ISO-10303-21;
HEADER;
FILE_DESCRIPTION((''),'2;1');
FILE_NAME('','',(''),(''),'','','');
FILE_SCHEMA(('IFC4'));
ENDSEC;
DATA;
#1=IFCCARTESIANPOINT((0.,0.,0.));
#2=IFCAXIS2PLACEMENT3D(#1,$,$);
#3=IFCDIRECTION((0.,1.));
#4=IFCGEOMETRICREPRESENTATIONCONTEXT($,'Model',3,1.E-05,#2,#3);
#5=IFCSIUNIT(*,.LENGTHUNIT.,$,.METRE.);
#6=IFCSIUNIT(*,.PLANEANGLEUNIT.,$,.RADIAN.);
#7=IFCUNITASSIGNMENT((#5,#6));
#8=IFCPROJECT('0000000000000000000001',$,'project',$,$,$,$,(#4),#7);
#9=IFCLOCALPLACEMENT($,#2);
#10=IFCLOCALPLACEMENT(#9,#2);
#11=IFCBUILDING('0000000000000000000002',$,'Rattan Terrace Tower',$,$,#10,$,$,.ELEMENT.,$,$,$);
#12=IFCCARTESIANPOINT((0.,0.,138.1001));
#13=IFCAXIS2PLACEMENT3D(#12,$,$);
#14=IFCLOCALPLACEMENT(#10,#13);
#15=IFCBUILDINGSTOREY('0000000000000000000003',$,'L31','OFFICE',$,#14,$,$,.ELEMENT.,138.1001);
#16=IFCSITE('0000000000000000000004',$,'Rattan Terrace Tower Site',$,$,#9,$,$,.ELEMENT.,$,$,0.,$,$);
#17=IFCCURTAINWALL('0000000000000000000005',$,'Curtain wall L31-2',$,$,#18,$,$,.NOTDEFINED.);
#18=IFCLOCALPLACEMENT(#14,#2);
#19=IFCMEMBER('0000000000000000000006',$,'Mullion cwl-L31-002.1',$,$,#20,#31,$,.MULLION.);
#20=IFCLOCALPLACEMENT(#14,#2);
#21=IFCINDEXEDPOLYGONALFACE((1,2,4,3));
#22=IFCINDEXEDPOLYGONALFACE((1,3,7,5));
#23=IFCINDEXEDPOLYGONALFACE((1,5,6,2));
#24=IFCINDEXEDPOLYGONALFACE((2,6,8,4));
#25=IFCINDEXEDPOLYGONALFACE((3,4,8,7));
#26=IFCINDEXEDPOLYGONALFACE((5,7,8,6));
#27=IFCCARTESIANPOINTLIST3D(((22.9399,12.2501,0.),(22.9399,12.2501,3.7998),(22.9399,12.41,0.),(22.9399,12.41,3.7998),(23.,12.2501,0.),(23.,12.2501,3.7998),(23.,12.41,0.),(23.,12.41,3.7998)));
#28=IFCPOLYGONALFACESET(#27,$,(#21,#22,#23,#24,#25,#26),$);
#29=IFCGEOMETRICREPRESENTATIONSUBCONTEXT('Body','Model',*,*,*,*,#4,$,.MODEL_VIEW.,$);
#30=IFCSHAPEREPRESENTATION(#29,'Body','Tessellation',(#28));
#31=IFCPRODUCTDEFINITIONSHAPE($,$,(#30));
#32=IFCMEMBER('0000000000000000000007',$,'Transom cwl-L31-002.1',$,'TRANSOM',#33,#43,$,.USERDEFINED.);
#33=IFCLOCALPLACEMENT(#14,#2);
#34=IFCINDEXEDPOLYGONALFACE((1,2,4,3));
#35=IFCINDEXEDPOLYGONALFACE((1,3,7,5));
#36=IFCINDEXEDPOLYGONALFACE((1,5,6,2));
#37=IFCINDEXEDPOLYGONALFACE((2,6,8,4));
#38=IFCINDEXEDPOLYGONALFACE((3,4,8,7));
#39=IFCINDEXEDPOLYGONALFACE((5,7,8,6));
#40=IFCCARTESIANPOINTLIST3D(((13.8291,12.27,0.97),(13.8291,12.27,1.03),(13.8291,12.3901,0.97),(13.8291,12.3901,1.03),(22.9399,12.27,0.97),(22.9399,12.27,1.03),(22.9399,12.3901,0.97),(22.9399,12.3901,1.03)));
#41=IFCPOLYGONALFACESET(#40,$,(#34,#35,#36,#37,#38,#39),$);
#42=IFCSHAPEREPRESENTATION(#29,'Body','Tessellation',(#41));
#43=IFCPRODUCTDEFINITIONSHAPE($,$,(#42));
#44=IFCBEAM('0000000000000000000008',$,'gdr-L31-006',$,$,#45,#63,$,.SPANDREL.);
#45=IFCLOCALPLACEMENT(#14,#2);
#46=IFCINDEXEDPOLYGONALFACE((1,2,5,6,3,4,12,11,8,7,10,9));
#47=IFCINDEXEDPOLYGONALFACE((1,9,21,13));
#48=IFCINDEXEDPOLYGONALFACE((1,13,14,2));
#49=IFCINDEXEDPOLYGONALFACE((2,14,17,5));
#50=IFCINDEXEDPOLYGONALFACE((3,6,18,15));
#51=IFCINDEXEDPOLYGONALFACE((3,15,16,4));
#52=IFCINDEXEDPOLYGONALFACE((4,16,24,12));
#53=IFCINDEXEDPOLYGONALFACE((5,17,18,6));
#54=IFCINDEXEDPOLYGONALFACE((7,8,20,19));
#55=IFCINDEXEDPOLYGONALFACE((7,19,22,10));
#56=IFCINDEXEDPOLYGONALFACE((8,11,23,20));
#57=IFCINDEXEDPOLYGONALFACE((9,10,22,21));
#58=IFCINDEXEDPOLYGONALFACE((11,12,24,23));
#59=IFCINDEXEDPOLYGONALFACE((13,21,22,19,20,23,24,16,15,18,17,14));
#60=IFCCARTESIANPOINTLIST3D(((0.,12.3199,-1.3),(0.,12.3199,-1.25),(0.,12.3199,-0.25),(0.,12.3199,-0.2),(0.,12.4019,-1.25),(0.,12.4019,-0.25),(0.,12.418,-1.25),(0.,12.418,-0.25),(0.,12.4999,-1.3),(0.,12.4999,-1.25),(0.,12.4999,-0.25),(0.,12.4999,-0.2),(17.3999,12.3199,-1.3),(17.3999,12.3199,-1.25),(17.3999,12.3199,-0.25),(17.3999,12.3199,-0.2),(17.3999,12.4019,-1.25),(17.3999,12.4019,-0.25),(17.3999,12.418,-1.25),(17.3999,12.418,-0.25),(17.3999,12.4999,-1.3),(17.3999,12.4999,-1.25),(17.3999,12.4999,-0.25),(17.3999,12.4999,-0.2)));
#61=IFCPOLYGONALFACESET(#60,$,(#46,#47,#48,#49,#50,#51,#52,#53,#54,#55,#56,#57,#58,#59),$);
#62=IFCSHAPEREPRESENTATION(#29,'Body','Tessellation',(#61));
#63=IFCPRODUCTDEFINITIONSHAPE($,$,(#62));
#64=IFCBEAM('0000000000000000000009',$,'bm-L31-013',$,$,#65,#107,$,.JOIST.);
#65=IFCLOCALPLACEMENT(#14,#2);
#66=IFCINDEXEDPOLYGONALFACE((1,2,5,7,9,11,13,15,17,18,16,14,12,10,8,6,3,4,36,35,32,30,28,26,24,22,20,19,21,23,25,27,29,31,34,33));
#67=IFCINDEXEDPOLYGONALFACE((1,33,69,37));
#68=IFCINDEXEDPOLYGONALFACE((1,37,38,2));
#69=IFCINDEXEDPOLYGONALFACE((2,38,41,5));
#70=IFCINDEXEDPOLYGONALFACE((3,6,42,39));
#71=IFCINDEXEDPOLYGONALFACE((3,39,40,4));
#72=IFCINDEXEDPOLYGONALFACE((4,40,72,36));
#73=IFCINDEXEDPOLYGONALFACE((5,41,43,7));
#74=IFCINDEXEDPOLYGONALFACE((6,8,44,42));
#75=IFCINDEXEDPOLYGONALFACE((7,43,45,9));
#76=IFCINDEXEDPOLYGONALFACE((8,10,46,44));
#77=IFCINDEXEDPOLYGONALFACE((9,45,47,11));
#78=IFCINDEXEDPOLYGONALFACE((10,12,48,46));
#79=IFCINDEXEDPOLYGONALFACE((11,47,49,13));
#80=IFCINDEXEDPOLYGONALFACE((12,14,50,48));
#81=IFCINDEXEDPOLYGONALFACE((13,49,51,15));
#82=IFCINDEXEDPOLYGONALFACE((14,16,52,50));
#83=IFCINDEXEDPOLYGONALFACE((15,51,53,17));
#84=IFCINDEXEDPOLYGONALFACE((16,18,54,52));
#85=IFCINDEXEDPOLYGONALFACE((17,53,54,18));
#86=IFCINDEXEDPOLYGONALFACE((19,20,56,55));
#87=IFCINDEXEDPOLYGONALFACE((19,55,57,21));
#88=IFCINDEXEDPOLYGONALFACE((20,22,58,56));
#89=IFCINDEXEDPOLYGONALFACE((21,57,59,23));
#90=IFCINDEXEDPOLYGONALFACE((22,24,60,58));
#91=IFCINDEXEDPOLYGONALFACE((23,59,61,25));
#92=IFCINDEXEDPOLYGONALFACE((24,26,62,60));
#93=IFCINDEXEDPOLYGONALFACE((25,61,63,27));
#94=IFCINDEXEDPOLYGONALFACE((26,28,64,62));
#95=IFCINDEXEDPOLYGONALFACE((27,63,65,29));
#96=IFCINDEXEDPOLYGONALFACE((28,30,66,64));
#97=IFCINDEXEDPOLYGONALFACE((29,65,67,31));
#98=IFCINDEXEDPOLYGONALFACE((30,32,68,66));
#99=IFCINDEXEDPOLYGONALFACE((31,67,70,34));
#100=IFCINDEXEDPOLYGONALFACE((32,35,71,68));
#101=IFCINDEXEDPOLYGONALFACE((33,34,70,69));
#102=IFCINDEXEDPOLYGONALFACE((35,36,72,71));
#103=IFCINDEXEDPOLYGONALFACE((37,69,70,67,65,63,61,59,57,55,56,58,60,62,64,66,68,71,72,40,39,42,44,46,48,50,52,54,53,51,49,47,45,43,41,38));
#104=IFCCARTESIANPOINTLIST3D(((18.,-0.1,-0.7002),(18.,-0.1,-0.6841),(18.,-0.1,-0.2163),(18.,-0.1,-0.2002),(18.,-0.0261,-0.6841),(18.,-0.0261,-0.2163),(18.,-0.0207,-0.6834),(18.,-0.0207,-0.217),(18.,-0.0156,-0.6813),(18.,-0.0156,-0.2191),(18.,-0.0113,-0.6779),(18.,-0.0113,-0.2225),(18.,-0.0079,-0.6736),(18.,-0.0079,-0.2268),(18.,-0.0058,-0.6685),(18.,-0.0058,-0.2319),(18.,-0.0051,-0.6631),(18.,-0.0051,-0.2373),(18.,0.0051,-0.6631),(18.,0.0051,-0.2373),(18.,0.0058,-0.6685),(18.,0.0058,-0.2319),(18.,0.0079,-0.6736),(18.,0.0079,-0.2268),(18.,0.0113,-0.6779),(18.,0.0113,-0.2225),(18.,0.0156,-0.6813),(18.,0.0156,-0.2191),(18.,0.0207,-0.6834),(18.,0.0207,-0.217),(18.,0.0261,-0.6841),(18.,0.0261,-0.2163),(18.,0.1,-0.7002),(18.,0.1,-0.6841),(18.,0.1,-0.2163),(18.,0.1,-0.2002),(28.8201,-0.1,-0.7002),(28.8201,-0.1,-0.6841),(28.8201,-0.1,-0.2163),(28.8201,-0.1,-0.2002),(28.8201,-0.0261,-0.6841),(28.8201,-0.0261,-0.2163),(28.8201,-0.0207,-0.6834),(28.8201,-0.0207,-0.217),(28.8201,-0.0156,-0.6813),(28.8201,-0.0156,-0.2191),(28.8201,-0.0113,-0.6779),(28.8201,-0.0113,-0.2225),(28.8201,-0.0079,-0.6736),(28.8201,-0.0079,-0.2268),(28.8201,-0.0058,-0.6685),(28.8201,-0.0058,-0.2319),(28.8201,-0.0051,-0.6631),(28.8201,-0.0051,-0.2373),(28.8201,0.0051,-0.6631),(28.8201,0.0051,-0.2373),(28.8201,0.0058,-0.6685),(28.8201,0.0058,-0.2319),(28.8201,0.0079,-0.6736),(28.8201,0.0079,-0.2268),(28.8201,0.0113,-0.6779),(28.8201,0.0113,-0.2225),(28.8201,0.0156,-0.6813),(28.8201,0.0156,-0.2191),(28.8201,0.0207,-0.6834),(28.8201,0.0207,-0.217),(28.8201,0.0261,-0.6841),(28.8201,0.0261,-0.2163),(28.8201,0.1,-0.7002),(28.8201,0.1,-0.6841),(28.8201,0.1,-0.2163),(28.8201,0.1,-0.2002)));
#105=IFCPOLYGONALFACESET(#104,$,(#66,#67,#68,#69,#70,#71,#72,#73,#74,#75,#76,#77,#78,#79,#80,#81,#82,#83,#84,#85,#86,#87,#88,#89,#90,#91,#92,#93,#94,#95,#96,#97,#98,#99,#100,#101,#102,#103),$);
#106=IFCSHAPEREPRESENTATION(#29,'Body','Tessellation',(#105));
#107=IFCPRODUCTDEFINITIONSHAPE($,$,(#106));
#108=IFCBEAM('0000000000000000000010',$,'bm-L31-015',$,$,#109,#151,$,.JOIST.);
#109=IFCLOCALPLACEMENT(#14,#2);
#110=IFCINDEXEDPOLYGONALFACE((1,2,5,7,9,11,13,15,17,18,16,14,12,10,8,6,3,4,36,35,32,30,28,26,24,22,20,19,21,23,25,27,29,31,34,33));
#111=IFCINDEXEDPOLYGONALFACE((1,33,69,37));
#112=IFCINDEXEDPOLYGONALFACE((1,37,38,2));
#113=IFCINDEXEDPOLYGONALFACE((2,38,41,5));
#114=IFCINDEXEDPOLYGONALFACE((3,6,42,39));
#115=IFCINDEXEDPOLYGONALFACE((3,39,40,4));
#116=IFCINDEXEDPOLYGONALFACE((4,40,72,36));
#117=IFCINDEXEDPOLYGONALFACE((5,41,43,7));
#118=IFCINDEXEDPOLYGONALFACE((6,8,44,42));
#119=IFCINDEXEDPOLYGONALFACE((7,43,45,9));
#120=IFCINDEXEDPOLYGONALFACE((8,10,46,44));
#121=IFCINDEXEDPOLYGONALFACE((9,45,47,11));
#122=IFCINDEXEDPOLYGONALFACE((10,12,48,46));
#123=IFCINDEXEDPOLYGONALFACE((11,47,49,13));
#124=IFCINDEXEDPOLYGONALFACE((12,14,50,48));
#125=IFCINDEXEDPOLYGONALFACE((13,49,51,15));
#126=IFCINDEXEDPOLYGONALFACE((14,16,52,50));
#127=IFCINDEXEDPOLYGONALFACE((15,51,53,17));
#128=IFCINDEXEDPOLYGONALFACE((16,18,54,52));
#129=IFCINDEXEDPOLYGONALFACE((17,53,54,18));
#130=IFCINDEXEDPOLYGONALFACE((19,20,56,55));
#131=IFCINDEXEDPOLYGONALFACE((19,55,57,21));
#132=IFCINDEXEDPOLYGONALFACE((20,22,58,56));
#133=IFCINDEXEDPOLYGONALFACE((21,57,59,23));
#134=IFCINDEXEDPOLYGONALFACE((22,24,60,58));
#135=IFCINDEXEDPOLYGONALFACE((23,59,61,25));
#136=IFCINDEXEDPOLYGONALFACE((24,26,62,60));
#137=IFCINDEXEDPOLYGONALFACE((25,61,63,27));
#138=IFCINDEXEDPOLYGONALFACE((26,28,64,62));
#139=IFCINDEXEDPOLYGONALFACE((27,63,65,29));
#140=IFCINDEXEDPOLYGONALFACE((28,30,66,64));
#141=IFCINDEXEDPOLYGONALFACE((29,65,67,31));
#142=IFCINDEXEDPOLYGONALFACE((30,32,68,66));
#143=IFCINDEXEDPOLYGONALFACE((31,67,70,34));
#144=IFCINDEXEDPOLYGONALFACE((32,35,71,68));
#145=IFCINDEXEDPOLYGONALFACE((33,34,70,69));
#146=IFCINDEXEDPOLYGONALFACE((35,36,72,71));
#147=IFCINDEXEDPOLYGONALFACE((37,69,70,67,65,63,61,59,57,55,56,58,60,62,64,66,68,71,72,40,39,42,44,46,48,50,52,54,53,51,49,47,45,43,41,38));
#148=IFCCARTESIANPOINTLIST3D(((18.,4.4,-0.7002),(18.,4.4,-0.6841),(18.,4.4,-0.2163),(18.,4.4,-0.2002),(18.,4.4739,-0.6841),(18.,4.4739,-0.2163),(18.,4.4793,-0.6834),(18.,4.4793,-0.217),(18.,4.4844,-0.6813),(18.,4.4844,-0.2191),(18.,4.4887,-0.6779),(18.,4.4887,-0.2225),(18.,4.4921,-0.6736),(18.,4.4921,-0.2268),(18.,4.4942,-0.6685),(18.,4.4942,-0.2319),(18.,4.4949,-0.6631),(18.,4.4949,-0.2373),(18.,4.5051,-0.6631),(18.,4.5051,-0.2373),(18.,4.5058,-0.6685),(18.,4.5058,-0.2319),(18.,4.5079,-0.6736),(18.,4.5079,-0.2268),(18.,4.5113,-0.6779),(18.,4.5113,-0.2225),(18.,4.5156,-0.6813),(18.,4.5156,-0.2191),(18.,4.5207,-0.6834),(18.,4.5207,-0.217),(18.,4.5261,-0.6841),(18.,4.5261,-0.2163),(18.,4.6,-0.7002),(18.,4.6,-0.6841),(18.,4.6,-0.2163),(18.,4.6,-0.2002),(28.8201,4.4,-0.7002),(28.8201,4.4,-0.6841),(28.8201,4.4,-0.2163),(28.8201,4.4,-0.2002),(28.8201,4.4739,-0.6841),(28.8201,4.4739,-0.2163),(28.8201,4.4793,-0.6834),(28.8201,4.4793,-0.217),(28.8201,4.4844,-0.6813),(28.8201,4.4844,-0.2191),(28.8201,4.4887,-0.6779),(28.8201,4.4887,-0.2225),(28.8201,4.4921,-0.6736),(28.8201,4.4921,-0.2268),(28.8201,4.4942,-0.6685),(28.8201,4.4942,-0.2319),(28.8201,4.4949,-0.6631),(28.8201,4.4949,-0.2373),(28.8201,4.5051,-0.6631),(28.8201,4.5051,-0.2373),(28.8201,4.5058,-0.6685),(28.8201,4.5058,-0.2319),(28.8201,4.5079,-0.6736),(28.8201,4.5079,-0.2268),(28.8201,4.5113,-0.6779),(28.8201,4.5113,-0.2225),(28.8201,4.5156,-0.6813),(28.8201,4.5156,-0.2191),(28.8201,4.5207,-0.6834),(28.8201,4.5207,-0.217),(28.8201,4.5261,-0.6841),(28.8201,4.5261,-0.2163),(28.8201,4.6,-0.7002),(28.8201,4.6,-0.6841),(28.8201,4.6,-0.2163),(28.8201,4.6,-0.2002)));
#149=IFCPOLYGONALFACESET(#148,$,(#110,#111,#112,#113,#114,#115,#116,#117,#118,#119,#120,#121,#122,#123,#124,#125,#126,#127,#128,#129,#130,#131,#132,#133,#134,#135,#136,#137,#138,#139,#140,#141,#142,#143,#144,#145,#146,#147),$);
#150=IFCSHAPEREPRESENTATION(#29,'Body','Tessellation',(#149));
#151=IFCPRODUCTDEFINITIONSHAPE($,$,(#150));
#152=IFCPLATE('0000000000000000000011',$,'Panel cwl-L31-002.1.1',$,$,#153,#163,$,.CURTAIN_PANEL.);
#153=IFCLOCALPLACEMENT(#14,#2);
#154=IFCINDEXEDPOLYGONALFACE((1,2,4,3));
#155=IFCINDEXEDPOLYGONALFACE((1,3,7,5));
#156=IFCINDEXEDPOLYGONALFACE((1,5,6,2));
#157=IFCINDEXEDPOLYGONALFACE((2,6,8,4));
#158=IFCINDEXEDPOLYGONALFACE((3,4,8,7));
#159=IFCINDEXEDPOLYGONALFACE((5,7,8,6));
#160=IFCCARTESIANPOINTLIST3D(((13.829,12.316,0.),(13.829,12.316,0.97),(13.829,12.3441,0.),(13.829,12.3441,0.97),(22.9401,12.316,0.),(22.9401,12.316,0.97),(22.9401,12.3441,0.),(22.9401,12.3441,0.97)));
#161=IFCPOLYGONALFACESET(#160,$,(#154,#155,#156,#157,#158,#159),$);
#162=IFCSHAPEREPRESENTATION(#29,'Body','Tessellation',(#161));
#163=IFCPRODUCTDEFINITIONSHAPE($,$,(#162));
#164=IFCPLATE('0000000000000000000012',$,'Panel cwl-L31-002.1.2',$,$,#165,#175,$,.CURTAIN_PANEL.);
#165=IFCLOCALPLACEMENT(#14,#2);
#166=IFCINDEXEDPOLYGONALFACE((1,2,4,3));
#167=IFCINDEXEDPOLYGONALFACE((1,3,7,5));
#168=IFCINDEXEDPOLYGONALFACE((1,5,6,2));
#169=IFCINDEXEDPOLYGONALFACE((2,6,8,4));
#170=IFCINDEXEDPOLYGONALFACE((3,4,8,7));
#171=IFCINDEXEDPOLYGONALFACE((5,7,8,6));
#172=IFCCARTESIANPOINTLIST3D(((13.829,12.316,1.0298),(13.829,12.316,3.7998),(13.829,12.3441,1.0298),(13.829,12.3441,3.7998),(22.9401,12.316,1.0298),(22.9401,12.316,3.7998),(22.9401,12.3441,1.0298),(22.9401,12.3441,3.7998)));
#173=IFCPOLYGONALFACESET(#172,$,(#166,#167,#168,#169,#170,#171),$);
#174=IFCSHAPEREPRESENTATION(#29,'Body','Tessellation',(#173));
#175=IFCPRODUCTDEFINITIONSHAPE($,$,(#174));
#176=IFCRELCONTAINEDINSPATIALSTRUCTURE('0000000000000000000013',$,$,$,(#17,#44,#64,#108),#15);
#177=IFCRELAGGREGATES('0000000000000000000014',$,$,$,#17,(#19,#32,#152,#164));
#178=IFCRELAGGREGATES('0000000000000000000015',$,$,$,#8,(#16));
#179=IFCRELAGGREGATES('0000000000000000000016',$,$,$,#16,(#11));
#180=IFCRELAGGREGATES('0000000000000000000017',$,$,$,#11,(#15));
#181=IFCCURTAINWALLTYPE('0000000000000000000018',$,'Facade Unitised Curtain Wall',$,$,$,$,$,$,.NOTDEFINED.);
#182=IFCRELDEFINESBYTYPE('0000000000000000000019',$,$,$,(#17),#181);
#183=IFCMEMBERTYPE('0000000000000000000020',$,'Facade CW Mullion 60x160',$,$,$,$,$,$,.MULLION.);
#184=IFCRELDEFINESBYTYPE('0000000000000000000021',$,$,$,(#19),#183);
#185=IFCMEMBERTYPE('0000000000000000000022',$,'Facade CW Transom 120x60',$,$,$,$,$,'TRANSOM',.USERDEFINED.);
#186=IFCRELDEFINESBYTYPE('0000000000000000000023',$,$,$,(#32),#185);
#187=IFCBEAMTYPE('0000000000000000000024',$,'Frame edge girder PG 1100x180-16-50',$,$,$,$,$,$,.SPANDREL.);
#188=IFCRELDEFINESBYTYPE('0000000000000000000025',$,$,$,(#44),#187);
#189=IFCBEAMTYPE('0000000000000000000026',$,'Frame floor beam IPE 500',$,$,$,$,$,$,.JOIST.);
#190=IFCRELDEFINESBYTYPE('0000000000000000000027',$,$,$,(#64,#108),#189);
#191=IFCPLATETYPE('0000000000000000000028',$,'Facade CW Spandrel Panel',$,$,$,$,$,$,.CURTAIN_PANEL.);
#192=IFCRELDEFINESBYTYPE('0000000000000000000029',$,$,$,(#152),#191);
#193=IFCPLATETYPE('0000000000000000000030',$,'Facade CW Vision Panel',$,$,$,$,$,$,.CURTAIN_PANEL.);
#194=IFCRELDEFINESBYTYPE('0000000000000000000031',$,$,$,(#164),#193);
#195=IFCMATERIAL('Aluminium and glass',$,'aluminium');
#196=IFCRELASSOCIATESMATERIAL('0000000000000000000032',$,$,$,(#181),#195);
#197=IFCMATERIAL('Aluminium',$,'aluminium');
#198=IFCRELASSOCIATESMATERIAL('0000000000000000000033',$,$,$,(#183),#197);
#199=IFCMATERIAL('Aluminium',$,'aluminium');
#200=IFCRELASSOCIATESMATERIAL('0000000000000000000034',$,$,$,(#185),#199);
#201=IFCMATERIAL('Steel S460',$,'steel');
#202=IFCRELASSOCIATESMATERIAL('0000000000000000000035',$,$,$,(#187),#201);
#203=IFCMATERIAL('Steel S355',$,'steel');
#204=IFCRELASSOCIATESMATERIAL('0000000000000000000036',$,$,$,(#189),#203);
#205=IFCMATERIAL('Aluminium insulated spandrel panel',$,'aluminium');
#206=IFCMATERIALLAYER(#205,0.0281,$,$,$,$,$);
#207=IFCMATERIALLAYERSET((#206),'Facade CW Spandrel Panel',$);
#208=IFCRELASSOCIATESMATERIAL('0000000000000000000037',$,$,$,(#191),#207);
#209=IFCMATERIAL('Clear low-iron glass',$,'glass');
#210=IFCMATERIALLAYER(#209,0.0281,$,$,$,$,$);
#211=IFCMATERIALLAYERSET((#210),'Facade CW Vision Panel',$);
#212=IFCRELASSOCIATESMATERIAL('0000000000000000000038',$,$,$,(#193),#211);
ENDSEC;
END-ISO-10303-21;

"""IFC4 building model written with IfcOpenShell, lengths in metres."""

from ifc_helpers import new_model, si_unit, direction, frame, origin, origin_2d, place, context, subcontext, project, spatial, rectangle, i_section, extrude, material, layer, layer_set, material_profile, profile_set, type_object, element, aggregate, save


model = new_model("IFC4")

# Units and contexts
model_context = context("Model", 3, precision=1e-05, world=origin(), true_north=direction((0.0, 1.0)))
body_context = subcontext(model_context, "Body", "Model", "MODEL_VIEW")
ifc_project = project(units=[si_unit("LENGTHUNIT", "METRE"), si_unit("PLANEANGLEUNIT", "RADIAN")], contexts=[model_context])

# Site, building, storey
site_placement = place(None, origin())
site = spatial("IfcSite", under=ifc_project, at=site_placement, Name="Rattan Terrace Tower Site", CompositionType="ELEMENT", RefElevation=0.0)
building_placement = place(site_placement, origin())
building = spatial("IfcBuilding", under=site, at=building_placement, Name="Rattan Terrace Tower", CompositionType="ELEMENT")
storey_placement = place(building_placement, frame((0.0, 0.0, 138.1001)))
storey = spatial("IfcBuildingStorey", under=building, at=storey_placement, Name="L31", Description="OFFICE", CompositionType="ELEMENT", Elevation=138.1001)

# Curtain wall, members
ifc_material_1 = material(Name="Aluminium and glass", Category="aluminium")
curtain_wall_type = type_object("IfcCurtainWallType", Name="Facade Unitised Curtain Wall", PredefinedType="NOTDEFINED", material=ifc_material_1)
curtain_wall_placement = place(storey_placement, origin())
curtain_wall = element("IfcCurtainWall", 1, at=curtain_wall_placement, inside=storey, type_object=curtain_wall_type, Name="Curtain wall L31-2", PredefinedType="NOTDEFINED")
ifc_material_2 = material(Name="Aluminium", Category="aluminium")
ifc_material_profile_1 = material_profile(ifc_material_2, rectangle(XDim=0.0601, YDim=0.1599, at=origin_2d()), Name="Aluminium 60x160")
ifc_profile_set_1 = profile_set([ifc_material_profile_1], Name="Aluminium")
member_type_1 = type_object("IfcMemberType", Name="Facade CW Mullion 60x160", PredefinedType="MULLION", material=ifc_profile_set_1)
member_1_placement = place(storey_placement, frame((22.97, 12.3301, 0.0), z_axis=(0.0, 0.0, 1.0), x_axis=(-1.0, 0.0, 0.0)))
member_1 = element("IfcMember", 2, at=member_1_placement, type_object=member_type_1, Name="Mullion cwl-L31-002.1", PredefinedType="MULLION", context=body_context, shape_type="SweptSolid", body=[
    extrude(rectangle(XDim=0.0601, YDim=0.1599, at=origin_2d()), origin(), (0.0, 0.0, 1.0), 3.7998),
])
ifc_material_3 = material(Name="Aluminium", Category="aluminium")
ifc_material_profile_2 = material_profile(ifc_material_3, rectangle(XDim=0.1201, YDim=0.0601, at=origin_2d()), Name="Aluminium 120x60")
ifc_profile_set_2 = profile_set([ifc_material_profile_2], Name="Aluminium")
member_type_2 = type_object("IfcMemberType", Name="Facade CW Transom 120x60", ElementType="TRANSOM", PredefinedType="USERDEFINED", material=ifc_profile_set_2)
member_2_placement = place(storey_placement, frame((22.9399, 12.3301, 1.0), z_axis=(-1.0, 0.0, 0.0), x_axis=(0.0, -1.0, 0.0)))
member_2 = element("IfcMember", 3, at=member_2_placement, type_object=member_type_2, Name="Transom cwl-L31-002.1", ObjectType="TRANSOM", PredefinedType="USERDEFINED", context=body_context, shape_type="SweptSolid", body=[
    extrude(rectangle(XDim=0.1201, YDim=0.0601, at=origin_2d()), origin(), (0.0, 0.0, 1.0), 9.1108),
])

# Beams
ifc_material_4 = material(Name="Steel S460", Category="steel")
ifc_material_profile_3 = material_profile(ifc_material_4, i_section(OverallWidth=0.1799, OverallDepth=1.1001, WebThickness=0.0161, FlangeThickness=0.05, at=origin_2d()), Name="PG 1100x180-16-50")
ifc_profile_set_3 = profile_set([ifc_material_profile_3], Name="Steel S460")
beam_type_1 = type_object("IfcBeamType", Name="Frame edge girder PG 1100x180-16-50", PredefinedType="SPANDREL", material=ifc_profile_set_3)
beam_placement = place(storey_placement, frame((17.3999, 12.4099, -0.75), z_axis=(-1.0, 0.0, 0.0), x_axis=(0.0, -1.0, 0.0)))
element("IfcBeam", 4, at=beam_placement, inside=storey, type_object=beam_type_1, Name="gdr-L31-006", PredefinedType="SPANDREL", context=body_context, shape_type="SweptSolid", body=[
    extrude(i_section(OverallWidth=0.1799, OverallDepth=1.1001, WebThickness=0.0161, FlangeThickness=0.05, at=origin_2d()), origin(), (0.0, 0.0, 1.0), 17.3999),
])
ifc_material_5 = material(Name="Steel S355", Category="steel")
ifc_material_profile_4 = material_profile(ifc_material_5, i_section(OverallWidth=0.2, OverallDepth=0.5, WebThickness=0.0103, FlangeThickness=0.0161, FilletRadius=0.021, at=origin_2d()), Name="IPE 500")
ifc_profile_set_4 = profile_set([ifc_material_profile_4], Name="Steel S355")
beam_type_2 = type_object("IfcBeamType", Name="Frame floor beam IPE 500", PredefinedType="JOIST", material=ifc_profile_set_4)
for number, where, z_axis, x_axis, name in (
    (5, (18.0, 0.0, -0.4502), (1.0, 0.0, 0.0), (0.0, 1.0, 0.0), "bm-L31-013"),
    (6, (18.0, 4.5, -0.4502), (1.0, 0.0, 0.0), (0.0, 1.0, 0.0), "bm-L31-015"),
):
    element("IfcBeam", number, at=place(storey_placement, frame(where, z_axis=z_axis, x_axis=x_axis)), inside=storey, type_object=beam_type_2, Name=name, PredefinedType="JOIST", context=body_context, shape_type="SweptSolid", body=[
        extrude(i_section(OverallWidth=0.2, OverallDepth=0.5, WebThickness=0.0103, FlangeThickness=0.0161, FilletRadius=0.021, at=origin_2d()), origin(), (0.0, 0.0, 1.0), 10.8201),
    ])

# Plates
ifc_material_6 = material(Name="Aluminium insulated spandrel panel", Category="aluminium")
ifc_layer_1 = layer(ifc_material_6, 0.0281)
ifc_layer_set_1 = layer_set([ifc_layer_1], Name="Facade CW Spandrel Panel")
plate_type_1 = type_object("IfcPlateType", Name="Facade CW Spandrel Panel", PredefinedType="CURTAIN_PANEL", material=ifc_layer_set_1)
plate_1_placement = place(storey_placement, frame((18.3845, 12.3301, 0.0), z_axis=(0.0, 0.0, 1.0), x_axis=(-1.0, 0.0, 0.0)))
plate_1 = element("IfcPlate", 7, at=plate_1_placement, type_object=plate_type_1, Name="Panel cwl-L31-002.1.1", PredefinedType="CURTAIN_PANEL", context=body_context, shape_type="SweptSolid", body=[
    extrude(rectangle(XDim=9.1111, YDim=0.0281, at=origin_2d()), origin(), (0.0, 0.0, 1.0), 0.97),
])
ifc_material_7 = material(Name="Clear low-iron glass", Category="glass")
ifc_layer_2 = layer(ifc_material_7, 0.0281)
ifc_layer_set_2 = layer_set([ifc_layer_2], Name="Facade CW Vision Panel")
plate_type_2 = type_object("IfcPlateType", Name="Facade CW Vision Panel", PredefinedType="CURTAIN_PANEL", material=ifc_layer_set_2)
plate_2_placement = place(storey_placement, frame((18.3845, 12.3301, 1.0298), z_axis=(0.0, 0.0, 1.0), x_axis=(-1.0, 0.0, 0.0)))
plate_2 = element("IfcPlate", 8, at=plate_2_placement, type_object=plate_type_2, Name="Panel cwl-L31-002.1.2", PredefinedType="CURTAIN_PANEL", context=body_context, shape_type="SweptSolid", body=[
    extrude(rectangle(XDim=9.1111, YDim=0.0281, at=origin_2d()), origin(), (0.0, 0.0, 1.0), 2.77),
])
aggregate(curtain_wall, [member_1, member_2, plate_1, plate_2])

save(model, "model.ifc")
